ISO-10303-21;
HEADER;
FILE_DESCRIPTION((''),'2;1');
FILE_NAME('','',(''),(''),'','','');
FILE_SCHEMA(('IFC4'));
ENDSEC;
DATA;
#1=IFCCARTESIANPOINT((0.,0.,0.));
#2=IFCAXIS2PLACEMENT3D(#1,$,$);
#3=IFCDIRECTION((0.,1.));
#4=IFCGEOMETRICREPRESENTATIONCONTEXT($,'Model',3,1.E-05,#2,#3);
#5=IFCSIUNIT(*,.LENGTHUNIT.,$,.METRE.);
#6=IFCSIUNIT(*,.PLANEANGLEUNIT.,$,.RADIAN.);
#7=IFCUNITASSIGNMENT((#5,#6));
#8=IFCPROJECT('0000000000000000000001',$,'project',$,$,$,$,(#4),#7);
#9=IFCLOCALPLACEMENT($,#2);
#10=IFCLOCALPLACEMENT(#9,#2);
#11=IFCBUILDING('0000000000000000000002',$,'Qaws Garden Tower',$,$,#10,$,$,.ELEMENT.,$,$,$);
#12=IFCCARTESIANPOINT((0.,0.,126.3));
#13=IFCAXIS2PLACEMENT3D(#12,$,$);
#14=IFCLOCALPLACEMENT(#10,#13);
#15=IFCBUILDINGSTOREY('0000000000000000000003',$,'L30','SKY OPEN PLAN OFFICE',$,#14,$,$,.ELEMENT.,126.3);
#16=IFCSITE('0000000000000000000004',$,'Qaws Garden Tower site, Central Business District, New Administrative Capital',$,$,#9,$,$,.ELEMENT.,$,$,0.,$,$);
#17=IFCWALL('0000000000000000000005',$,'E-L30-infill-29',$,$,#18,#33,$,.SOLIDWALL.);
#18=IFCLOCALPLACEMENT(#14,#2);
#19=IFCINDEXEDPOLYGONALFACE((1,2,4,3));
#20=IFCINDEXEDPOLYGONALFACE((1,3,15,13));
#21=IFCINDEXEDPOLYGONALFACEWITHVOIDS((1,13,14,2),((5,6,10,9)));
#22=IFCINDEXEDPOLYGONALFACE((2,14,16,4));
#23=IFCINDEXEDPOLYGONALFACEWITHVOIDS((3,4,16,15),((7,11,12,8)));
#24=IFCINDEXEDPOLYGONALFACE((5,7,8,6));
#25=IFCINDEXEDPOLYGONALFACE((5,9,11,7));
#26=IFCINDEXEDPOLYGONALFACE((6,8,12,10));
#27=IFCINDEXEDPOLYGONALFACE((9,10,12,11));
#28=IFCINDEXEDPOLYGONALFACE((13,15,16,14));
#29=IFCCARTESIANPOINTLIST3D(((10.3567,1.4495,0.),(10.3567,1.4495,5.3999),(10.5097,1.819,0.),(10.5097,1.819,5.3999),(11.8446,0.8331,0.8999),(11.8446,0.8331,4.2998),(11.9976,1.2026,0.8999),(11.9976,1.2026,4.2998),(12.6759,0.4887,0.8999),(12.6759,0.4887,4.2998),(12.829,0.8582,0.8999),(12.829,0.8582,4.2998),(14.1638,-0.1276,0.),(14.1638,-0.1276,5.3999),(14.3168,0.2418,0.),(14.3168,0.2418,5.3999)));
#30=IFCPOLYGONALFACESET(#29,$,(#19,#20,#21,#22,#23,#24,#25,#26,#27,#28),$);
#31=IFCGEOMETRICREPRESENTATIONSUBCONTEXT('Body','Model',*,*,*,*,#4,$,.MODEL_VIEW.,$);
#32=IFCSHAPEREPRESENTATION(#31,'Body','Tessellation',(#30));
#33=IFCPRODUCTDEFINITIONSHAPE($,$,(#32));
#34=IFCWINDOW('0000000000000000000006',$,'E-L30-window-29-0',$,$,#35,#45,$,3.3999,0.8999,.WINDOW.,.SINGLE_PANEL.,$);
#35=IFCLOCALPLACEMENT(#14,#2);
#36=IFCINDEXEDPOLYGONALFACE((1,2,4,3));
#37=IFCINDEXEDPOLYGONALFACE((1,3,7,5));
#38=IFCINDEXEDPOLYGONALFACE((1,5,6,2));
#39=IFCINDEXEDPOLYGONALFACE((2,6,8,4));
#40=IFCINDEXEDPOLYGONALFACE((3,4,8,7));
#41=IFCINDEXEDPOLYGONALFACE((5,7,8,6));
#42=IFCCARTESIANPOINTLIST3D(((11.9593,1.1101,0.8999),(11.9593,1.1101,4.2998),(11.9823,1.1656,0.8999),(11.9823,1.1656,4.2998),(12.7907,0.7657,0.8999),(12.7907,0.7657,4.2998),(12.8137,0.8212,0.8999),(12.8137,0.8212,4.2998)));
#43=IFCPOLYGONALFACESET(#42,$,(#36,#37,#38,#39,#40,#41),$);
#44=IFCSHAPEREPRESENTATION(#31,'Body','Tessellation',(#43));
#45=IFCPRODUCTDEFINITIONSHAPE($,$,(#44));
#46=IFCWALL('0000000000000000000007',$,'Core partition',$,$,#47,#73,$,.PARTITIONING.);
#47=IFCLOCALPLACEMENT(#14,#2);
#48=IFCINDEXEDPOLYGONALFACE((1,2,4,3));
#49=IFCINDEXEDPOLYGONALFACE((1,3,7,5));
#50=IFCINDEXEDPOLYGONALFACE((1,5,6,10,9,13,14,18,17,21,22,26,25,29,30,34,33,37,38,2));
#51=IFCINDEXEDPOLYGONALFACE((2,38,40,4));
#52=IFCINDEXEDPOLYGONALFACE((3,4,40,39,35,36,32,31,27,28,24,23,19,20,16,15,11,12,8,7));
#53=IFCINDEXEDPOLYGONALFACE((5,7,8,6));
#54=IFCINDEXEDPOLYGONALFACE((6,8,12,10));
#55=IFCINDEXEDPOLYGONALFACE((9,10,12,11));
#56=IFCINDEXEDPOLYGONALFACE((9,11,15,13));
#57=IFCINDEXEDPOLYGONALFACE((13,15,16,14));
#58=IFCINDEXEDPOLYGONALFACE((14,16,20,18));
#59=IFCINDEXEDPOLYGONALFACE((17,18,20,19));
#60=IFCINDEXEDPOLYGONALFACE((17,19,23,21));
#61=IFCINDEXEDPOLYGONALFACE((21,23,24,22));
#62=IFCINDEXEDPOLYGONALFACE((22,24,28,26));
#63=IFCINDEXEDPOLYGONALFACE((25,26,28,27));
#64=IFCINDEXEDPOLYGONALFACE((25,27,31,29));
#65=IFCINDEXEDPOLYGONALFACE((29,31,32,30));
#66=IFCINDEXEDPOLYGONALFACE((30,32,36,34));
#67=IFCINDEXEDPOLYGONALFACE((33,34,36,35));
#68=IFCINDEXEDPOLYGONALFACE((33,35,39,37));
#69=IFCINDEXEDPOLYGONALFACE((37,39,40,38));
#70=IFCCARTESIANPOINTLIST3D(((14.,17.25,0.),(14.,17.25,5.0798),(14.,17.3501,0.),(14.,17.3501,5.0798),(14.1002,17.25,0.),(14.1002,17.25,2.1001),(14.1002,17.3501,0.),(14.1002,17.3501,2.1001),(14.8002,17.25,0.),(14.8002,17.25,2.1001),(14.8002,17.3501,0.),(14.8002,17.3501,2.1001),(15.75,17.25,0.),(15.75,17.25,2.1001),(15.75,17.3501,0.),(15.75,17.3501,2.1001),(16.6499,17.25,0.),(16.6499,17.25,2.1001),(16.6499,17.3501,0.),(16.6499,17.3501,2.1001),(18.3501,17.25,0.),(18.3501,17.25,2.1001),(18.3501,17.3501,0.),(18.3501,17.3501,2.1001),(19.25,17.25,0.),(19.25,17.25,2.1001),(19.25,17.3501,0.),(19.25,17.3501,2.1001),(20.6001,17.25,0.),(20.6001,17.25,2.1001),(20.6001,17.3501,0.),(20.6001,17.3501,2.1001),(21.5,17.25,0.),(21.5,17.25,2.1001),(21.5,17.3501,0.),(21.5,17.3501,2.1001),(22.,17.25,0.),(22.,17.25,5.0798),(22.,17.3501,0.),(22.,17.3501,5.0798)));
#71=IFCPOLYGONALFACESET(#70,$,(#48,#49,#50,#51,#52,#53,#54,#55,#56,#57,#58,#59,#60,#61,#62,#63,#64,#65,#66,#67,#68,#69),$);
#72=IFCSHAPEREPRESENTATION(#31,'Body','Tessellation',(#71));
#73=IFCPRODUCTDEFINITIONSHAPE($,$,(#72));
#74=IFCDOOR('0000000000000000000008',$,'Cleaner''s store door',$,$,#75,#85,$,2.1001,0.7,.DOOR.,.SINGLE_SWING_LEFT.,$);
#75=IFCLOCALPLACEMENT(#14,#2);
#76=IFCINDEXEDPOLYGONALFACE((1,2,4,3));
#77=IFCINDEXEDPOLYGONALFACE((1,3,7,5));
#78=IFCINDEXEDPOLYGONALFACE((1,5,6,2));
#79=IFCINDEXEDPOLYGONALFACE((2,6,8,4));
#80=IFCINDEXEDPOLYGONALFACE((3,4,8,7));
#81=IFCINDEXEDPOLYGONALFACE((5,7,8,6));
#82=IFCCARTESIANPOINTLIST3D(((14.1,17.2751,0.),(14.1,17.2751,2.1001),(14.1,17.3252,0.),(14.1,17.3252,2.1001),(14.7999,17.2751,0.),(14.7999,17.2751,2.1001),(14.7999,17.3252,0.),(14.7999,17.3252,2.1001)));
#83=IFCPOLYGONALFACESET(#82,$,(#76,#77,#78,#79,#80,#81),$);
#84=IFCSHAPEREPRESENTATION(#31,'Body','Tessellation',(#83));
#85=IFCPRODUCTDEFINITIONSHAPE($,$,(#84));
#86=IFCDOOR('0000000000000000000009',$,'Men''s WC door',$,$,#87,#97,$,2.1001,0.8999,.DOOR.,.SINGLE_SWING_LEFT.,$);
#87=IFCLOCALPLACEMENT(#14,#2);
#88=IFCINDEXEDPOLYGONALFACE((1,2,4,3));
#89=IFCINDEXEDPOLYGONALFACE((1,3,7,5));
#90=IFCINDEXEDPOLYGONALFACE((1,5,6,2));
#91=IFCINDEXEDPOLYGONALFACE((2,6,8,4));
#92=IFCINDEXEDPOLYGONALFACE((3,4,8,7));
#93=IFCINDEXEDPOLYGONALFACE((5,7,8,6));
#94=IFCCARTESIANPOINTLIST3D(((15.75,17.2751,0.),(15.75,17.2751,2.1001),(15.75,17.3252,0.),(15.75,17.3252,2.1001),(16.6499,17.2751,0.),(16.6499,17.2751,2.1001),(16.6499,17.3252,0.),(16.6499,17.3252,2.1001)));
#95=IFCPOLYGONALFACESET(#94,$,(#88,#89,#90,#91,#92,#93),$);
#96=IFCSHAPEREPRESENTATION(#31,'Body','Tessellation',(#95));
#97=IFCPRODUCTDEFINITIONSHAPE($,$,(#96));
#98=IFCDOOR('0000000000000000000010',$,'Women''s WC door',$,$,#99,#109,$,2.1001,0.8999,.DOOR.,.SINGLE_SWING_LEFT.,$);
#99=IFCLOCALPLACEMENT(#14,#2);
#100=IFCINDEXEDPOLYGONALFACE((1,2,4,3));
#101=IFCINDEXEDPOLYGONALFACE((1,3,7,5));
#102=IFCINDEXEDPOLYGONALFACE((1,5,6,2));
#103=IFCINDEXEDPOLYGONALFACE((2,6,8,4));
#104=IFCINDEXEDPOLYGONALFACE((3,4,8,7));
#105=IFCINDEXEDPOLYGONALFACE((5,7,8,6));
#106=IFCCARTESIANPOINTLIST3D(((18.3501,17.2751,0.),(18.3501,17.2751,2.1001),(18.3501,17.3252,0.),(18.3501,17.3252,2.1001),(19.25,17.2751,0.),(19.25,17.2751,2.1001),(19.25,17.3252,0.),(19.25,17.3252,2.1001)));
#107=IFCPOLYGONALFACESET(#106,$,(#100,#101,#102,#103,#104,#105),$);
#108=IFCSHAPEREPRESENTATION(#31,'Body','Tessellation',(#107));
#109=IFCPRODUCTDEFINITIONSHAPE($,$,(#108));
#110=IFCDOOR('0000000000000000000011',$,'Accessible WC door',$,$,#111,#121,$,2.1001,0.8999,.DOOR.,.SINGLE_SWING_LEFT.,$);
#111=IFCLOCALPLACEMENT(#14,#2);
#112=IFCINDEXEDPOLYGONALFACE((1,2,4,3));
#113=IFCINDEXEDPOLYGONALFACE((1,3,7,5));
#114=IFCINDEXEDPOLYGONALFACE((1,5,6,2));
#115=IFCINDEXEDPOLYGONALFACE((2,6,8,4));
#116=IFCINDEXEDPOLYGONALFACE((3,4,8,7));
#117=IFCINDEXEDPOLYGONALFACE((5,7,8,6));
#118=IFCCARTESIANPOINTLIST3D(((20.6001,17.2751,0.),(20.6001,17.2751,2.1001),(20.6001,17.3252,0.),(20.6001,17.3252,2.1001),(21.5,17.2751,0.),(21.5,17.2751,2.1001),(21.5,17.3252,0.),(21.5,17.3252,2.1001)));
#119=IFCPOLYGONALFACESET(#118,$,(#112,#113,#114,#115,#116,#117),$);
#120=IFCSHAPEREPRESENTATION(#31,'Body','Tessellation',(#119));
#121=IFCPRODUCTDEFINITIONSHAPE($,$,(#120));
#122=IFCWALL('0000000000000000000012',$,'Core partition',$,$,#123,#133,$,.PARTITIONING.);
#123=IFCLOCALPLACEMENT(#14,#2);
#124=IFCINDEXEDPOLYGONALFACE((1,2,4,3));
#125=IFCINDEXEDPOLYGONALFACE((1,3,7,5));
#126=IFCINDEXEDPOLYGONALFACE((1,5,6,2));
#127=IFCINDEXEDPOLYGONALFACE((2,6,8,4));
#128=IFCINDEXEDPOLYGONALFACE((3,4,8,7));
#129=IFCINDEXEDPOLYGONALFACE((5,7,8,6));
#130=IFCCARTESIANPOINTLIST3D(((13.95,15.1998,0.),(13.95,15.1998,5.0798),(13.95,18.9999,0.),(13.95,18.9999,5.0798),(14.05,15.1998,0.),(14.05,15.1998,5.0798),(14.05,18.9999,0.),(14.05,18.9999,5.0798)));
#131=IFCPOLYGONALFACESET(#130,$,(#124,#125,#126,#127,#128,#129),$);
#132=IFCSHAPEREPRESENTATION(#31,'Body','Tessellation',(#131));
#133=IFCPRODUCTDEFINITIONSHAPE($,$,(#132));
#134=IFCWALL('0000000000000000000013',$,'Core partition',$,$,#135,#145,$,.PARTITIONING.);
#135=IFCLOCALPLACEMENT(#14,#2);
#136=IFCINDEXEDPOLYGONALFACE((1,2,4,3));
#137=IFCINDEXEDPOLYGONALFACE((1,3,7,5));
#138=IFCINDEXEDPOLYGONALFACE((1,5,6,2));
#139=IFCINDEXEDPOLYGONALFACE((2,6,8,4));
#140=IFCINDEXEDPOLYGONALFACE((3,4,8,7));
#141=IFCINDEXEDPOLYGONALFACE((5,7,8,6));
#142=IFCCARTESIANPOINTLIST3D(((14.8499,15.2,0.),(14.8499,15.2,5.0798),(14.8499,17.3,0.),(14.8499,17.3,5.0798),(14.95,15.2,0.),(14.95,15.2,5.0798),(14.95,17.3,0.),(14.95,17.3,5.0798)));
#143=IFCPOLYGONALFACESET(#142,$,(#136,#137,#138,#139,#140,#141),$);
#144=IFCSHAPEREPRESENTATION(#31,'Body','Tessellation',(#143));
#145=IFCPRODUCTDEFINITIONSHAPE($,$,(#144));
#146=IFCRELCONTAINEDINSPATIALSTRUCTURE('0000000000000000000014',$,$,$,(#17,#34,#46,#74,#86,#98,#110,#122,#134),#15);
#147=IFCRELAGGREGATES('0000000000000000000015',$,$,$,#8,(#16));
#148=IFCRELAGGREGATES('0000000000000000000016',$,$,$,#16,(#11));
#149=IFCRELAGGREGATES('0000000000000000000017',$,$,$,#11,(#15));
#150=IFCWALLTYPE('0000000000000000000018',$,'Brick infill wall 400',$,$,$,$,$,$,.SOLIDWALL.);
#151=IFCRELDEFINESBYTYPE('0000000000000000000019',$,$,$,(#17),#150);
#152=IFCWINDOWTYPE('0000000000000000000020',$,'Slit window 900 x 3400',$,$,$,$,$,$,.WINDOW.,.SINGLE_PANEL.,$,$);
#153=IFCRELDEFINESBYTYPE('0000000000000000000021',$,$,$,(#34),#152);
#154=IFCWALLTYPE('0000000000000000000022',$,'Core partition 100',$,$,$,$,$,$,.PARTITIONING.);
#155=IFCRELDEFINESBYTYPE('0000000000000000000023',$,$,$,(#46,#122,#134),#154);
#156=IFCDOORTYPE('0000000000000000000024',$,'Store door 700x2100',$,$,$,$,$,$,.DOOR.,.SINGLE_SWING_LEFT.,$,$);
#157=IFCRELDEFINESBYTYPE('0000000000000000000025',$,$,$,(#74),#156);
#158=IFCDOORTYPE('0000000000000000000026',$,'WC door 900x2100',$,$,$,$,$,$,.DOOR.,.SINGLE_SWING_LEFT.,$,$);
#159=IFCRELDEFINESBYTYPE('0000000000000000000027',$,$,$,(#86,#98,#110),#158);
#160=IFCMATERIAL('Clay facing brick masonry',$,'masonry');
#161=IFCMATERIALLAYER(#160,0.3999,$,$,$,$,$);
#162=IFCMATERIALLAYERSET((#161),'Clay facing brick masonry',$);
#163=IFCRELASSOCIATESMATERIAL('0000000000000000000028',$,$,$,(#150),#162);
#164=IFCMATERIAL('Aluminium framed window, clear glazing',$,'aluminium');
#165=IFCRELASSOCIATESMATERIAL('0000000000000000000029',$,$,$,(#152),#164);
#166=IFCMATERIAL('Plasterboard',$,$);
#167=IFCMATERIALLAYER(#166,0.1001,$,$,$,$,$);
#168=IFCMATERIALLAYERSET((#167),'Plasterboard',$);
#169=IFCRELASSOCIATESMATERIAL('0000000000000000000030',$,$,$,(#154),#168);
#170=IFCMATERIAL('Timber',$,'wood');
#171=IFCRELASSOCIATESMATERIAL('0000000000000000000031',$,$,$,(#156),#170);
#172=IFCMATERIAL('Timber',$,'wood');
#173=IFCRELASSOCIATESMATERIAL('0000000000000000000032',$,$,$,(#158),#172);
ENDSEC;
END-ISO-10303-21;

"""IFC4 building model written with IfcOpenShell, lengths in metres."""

from ifc_helpers import new_model, si_unit, direction, frame, frame_2d, origin, place, context, subcontext, project, spatial, rectangle, extrude, material, layer, layer_set, type_object, element, fill, save


model = new_model("IFC4")

# Units and contexts
model_context = context("Model", 3, precision=1e-05, world=origin(), true_north=direction((0.0, 1.0)))
body_context = subcontext(model_context, "Body", "Model", "MODEL_VIEW")
ifc_project = project(units=[si_unit("LENGTHUNIT", "METRE"), si_unit("PLANEANGLEUNIT", "RADIAN")], contexts=[model_context])

# Site, building, storey
site_placement = place(None, origin())
site = spatial("IfcSite", under=ifc_project, at=site_placement, Name="Qaws Garden Tower site, Central Business District, New Administrative Capital", CompositionType="ELEMENT", RefElevation=0.0)
building_placement = place(site_placement, origin())
building = spatial("IfcBuilding", under=site, at=building_placement, Name="Qaws Garden Tower", CompositionType="ELEMENT")
storey_placement = place(building_placement, frame((0.0, 0.0, 126.3)))
storey = spatial("IfcBuildingStorey", under=building, at=storey_placement, Name="L30", Description="SKY OPEN PLAN OFFICE", CompositionType="ELEMENT", Elevation=126.3)

# Wall, opening, window
ifc_material_1 = material(Name="Clay facing brick masonry", Category="masonry")
ifc_layer_1 = layer(ifc_material_1, 0.3999)
ifc_layer_set_1 = layer_set([ifc_layer_1], Name="Clay facing brick masonry")
wall_type_1 = type_object("IfcWallType", Name="Brick infill wall 400", PredefinedType="SOLIDWALL", material=ifc_layer_set_1)
wall_1_placement = place(storey_placement, frame((10.4331, 1.6343, 0.0), z_axis=(0.0, 0.0, 1.0), x_axis=(0.923864, -0.382722, 0.0)))
wall_1 = element("IfcWall", 1, at=wall_1_placement, inside=storey, type_object=wall_type_1, Name="E-L30-infill-29", PredefinedType="SOLIDWALL", context=body_context, shape_type="SweptSolid", body=[
    extrude(rectangle(XDim=4.1208, YDim=0.3999, at=frame_2d((2.0605, 0.0))), origin(), (0.0, 0.0, 1.0), 5.3999),
])
opening_1_placement = place(wall_1_placement, frame((1.6106, 0.0, 0.8999)))
opening_1 = element("IfcOpeningElement", 2, at=opening_1_placement, cuts=wall_1, PredefinedType="OPENING", context=body_context, shape_type="SweptSolid", body=[
    extrude(rectangle(XDim=0.8999, YDim=3.3999, at=frame_2d((0.45, 1.7))), frame((0.0, 0.21, 0.0), z_axis=(0.0, -1.0, 0.0), x_axis=(1.0, 0.0, 0.0)), (0.0, 0.0, 1.0), 0.4199),
])
ifc_material_2 = material(Name="Aluminium framed window, clear glazing", Category="aluminium")
window_type = type_object("IfcWindowType", Name="Slit window 900 x 3400", PartitioningType="SINGLE_PANEL", PredefinedType="WINDOW", material=ifc_material_2)
window_placement = place(opening_1_placement, origin())
window = element("IfcWindow", 3, at=window_placement, inside=storey, type_object=window_type, Name="E-L30-window-29-0", OverallHeight=3.3999, OverallWidth=0.8999, PartitioningType="SINGLE_PANEL", PredefinedType="WINDOW", context=body_context, shape_type="SweptSolid", body=[
    extrude(rectangle(XDim=0.8999, YDim=3.3999, at=frame_2d((0.45, 1.7))), frame((0.0, 0.1599, 0.0), z_axis=(0.0, -1.0, 0.0), x_axis=(1.0, 0.0, 0.0)), (0.0, 0.0, 1.0), 0.0601),
])
fill(opening_1, window)

# Wall, openings, doors
ifc_material_3 = material(Name="Plasterboard")
ifc_layer_2 = layer(ifc_material_3, 0.1001)
ifc_layer_set_2 = layer_set([ifc_layer_2], Name="Plasterboard")
wall_type_2 = type_object("IfcWallType", Name="Core partition 100", PredefinedType="PARTITIONING", material=ifc_layer_set_2)
wall_2_placement = place(storey_placement, frame((14.0, 17.3, 0.0), z_axis=(0.0, 0.0, 1.0), x_axis=(1.0, 0.0, 0.0)))
wall_2 = element("IfcWall", 4, at=wall_2_placement, inside=storey, type_object=wall_type_2, Name="Core partition", PredefinedType="PARTITIONING", context=body_context, shape_type="SweptSolid", body=[
    extrude(rectangle(XDim=8.0, YDim=0.1001, at=frame_2d((4.0, 0.0))), origin(), (0.0, 0.0, 1.0), 5.0798),
])
opening_2_placement = place(wall_2_placement, frame((0.1001, 0.0, 0.0)))
opening_2 = element("IfcOpeningElement", 5, at=opening_2_placement, cuts=wall_2, PredefinedType="OPENING", context=body_context, shape_type="SweptSolid", body=[
    extrude(rectangle(XDim=0.7, YDim=2.1001, at=frame_2d((0.3501, 1.05))), frame((0.0, 0.0601, 0.0), z_axis=(0.0, -1.0, 0.0), x_axis=(1.0, 0.0, 0.0)), (0.0, 0.0, 1.0), 0.1201),
])
opening_3_placement = place(wall_2_placement, frame((1.75, 0.0, 0.0)))
opening_3 = element("IfcOpeningElement", 6, at=opening_3_placement, cuts=wall_2, PredefinedType="OPENING", context=body_context, shape_type="SweptSolid", body=[
    extrude(rectangle(XDim=0.8999, YDim=2.1001, at=frame_2d((0.45, 1.05))), frame((0.0, 0.0601, 0.0), z_axis=(0.0, -1.0, 0.0), x_axis=(1.0, 0.0, 0.0)), (0.0, 0.0, 1.0), 0.1201),
])
opening_4_placement = place(wall_2_placement, frame((4.3501, 0.0, 0.0)))
opening_4 = element("IfcOpeningElement", 7, at=opening_4_placement, cuts=wall_2, PredefinedType="OPENING", context=body_context, shape_type="SweptSolid", body=[
    extrude(rectangle(XDim=0.8999, YDim=2.1001, at=frame_2d((0.45, 1.05))), frame((0.0, 0.0601, 0.0), z_axis=(0.0, -1.0, 0.0), x_axis=(1.0, 0.0, 0.0)), (0.0, 0.0, 1.0), 0.1201),
])
opening_5_placement = place(wall_2_placement, frame((6.6001, 0.0, 0.0)))
opening_5 = element("IfcOpeningElement", 8, at=opening_5_placement, cuts=wall_2, PredefinedType="OPENING", context=body_context, shape_type="SweptSolid", body=[
    extrude(rectangle(XDim=0.8999, YDim=2.1001, at=frame_2d((0.45, 1.05))), frame((0.0, 0.0601, 0.0), z_axis=(0.0, -1.0, 0.0), x_axis=(1.0, 0.0, 0.0)), (0.0, 0.0, 1.0), 0.1201),
])
ifc_material_4 = material(Name="Timber", Category="wood")
door_type_1 = type_object("IfcDoorType", Name="Store door 700x2100", OperationType="SINGLE_SWING_LEFT", PredefinedType="DOOR", material=ifc_material_4)
door_1_placement = place(opening_2_placement, frame((0.7, 0.0, 0.0), z_axis=(0.0, 0.0, 1.0), x_axis=(-1.0, 0.0, 0.0)))
door_1 = element("IfcDoor", 9, at=door_1_placement, inside=storey, type_object=door_type_1, Name="Cleaner's store door", OperationType="SINGLE_SWING_LEFT", OverallHeight=2.1001, OverallWidth=0.7, PredefinedType="DOOR", context=body_context, shape_type="SweptSolid", body=[
    extrude(rectangle(XDim=0.7, YDim=2.1001, at=frame_2d((0.3501, 1.05))), frame((0.0, 0.0249, 0.0), z_axis=(0.0, -1.0, 0.0), x_axis=(1.0, 0.0, 0.0)), (0.0, 0.0, 1.0), 0.05),
])
fill(opening_2, door_1)
ifc_material_5 = material(Name="Timber", Category="wood")
door_type_2 = type_object("IfcDoorType", Name="WC door 900x2100", OperationType="SINGLE_SWING_LEFT", PredefinedType="DOOR", material=ifc_material_5)
door_2_placement = place(opening_3_placement, frame((0.8999, 0.0, 0.0), z_axis=(0.0, 0.0, 1.0), x_axis=(-1.0, 0.0, 0.0)))
door_2 = element("IfcDoor", 10, at=door_2_placement, inside=storey, type_object=door_type_2, Name="Men's WC door", OperationType="SINGLE_SWING_LEFT", OverallHeight=2.1001, OverallWidth=0.8999, PredefinedType="DOOR", context=body_context, shape_type="SweptSolid", body=[
    extrude(rectangle(XDim=0.8999, YDim=2.1001, at=frame_2d((0.45, 1.05))), frame((0.0, 0.0249, 0.0), z_axis=(0.0, -1.0, 0.0), x_axis=(1.0, 0.0, 0.0)), (0.0, 0.0, 1.0), 0.05),
])
fill(opening_3, door_2)
door_3_placement = place(opening_4_placement, frame((0.8999, 0.0, 0.0), z_axis=(0.0, 0.0, 1.0), x_axis=(-1.0, 0.0, 0.0)))
door_3 = element("IfcDoor", 11, at=door_3_placement, inside=storey, type_object=door_type_2, Name="Women's WC door", OperationType="SINGLE_SWING_LEFT", OverallHeight=2.1001, OverallWidth=0.8999, PredefinedType="DOOR", context=body_context, shape_type="SweptSolid", body=[
    extrude(rectangle(XDim=0.8999, YDim=2.1001, at=frame_2d((0.45, 1.05))), frame((0.0, 0.0249, 0.0), z_axis=(0.0, -1.0, 0.0), x_axis=(1.0, 0.0, 0.0)), (0.0, 0.0, 1.0), 0.05),
])
fill(opening_4, door_3)
door_4_placement = place(opening_5_placement, frame((0.8999, 0.0, 0.0), z_axis=(0.0, 0.0, 1.0), x_axis=(-1.0, 0.0, 0.0)))
door_4 = element("IfcDoor", 12, at=door_4_placement, inside=storey, type_object=door_type_2, Name="Accessible WC door", OperationType="SINGLE_SWING_LEFT", OverallHeight=2.1001, OverallWidth=0.8999, PredefinedType="DOOR", context=body_context, shape_type="SweptSolid", body=[
    extrude(rectangle(XDim=0.8999, YDim=2.1001, at=frame_2d((0.45, 1.05))), frame((0.0, 0.0249, 0.0), z_axis=(0.0, -1.0, 0.0), x_axis=(1.0, 0.0, 0.0)), (0.0, 0.0, 1.0), 0.05),
])
fill(opening_5, door_4)

# Walls
wall_3_placement = place(storey_placement, frame((14.0, 15.2, 0.0), z_axis=(0.0, 0.0, 1.0), x_axis=(0.0, 1.0, 0.0)))
element("IfcWall", 13, at=wall_3_placement, inside=storey, type_object=wall_type_2, Name="Core partition", PredefinedType="PARTITIONING", context=body_context, shape_type="SweptSolid", body=[
    extrude(rectangle(XDim=3.8, YDim=0.1001, at=frame_2d((1.8999, 0.0))), origin(), (0.0, 0.0, 1.0), 5.0798),
])
wall_4_placement = place(storey_placement, frame((14.8999, 15.2, 0.0), z_axis=(0.0, 0.0, 1.0), x_axis=(0.0, 1.0, 0.0)))
element("IfcWall", 14, at=wall_4_placement, inside=storey, type_object=wall_type_2, Name="Core partition", PredefinedType="PARTITIONING", context=body_context, shape_type="SweptSolid", body=[
    extrude(rectangle(XDim=2.1001, YDim=0.1001, at=frame_2d((1.05, 0.0))), origin(), (0.0, 0.0, 1.0), 5.0798),
])

save(model, "model.ifc")
